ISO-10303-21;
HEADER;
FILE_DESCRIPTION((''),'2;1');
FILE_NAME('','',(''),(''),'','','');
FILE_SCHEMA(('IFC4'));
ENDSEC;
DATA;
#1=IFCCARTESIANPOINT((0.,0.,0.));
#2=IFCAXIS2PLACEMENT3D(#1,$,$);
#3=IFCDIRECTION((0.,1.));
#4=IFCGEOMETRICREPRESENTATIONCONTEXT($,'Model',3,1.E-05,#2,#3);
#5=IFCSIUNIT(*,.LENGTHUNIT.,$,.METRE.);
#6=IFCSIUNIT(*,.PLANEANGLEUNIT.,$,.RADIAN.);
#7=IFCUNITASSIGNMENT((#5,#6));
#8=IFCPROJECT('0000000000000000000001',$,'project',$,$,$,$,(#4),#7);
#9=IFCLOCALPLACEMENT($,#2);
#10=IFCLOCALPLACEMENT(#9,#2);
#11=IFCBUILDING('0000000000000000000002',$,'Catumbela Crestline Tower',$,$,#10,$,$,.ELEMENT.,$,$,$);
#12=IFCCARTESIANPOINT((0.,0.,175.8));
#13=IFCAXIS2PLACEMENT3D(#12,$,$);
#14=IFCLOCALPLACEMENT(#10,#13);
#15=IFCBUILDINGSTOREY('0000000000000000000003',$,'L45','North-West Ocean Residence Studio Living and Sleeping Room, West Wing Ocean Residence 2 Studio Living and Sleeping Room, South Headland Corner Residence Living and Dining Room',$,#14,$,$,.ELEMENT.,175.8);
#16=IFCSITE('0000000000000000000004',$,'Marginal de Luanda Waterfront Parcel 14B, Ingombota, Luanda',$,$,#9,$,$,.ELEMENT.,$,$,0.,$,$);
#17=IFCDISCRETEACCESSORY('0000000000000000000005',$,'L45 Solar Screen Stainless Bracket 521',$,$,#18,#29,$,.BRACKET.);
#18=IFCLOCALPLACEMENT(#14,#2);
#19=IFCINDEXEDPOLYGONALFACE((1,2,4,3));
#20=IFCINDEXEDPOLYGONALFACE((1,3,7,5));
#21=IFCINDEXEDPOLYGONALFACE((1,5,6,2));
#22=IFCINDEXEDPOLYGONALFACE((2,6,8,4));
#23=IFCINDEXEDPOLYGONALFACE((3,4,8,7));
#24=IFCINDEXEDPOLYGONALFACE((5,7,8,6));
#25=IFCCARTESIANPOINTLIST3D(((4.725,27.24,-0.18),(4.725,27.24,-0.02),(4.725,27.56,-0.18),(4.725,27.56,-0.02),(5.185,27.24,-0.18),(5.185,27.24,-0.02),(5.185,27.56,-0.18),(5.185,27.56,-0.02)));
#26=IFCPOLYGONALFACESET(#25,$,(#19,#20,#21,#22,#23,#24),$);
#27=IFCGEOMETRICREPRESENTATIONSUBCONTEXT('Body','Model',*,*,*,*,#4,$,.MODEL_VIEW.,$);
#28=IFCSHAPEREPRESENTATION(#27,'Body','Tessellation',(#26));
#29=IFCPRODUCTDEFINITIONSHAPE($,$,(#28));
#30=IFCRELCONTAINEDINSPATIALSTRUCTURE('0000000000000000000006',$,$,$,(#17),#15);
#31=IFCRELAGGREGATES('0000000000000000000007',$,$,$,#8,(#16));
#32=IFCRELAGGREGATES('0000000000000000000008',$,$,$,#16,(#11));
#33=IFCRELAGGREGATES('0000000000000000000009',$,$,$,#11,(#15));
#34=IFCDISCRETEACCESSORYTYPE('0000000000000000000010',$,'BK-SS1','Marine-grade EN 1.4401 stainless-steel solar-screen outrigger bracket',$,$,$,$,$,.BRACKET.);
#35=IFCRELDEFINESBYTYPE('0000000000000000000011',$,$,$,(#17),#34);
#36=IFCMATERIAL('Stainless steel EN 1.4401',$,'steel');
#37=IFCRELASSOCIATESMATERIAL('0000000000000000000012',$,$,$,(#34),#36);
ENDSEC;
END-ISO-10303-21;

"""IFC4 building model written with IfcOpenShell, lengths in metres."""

from ifc_helpers import new_model, si_unit, direction, frame, origin, origin_2d, place, context, subcontext, project, spatial, rectangle, extrude, material, type_object, element, save


model = new_model("IFC4")

# Units and contexts
model_context = context("Model", 3, precision=1e-05, world=origin(), true_north=direction((0.0, 1.0)))
body_context = subcontext(model_context, "Body", "Model", "MODEL_VIEW")
ifc_project = project(units=[si_unit("LENGTHUNIT", "METRE"), si_unit("PLANEANGLEUNIT", "RADIAN")], contexts=[model_context])

# Site, building, storey
site_placement = place(None, origin())
site = spatial("IfcSite", under=ifc_project, at=site_placement, Name="Marginal de Luanda Waterfront Parcel 14B, Ingombota, Luanda", CompositionType="ELEMENT", RefElevation=0.0)
building_placement = place(site_placement, origin())
building = spatial("IfcBuilding", under=site, at=building_placement, Name="Catumbela Crestline Tower", CompositionType="ELEMENT")
storey_placement = place(building_placement, frame((0.0, 0.0, 175.8)))
storey = spatial("IfcBuildingStorey", under=building, at=storey_placement, Name="L45", Description="North-West Ocean Residence Studio Living and Sleeping Room, West Wing Ocean Residence 2 Studio Living and Sleeping Room, South Headland Corner Residence Living and Dining Room", CompositionType="ELEMENT", Elevation=175.8)

# Discrete accessory
ifc_material_1 = material(Name="Stainless steel EN 1.4401", Category="steel")
discrete_accessory_type = type_object("IfcDiscreteAccessoryType", Name="BK-SS1", Description="Marine-grade EN 1.4401 stainless-steel solar-screen outrigger bracket", PredefinedType="BRACKET", material=ifc_material_1)
discrete_accessory_placement = place(storey_placement, frame((4.955, 27.4, -0.18), z_axis=(0.0, 0.0, 1.0), x_axis=(0.0, -1.0, 0.0)))
element("IfcDiscreteAccessory", 1, at=discrete_accessory_placement, inside=storey, type_object=discrete_accessory_type, Name="L45 Solar Screen Stainless Bracket 521", PredefinedType="BRACKET", context=body_context, shape_type="SweptSolid", body=[
    extrude(rectangle(XDim=0.32, YDim=0.46, at=origin_2d()), origin(), (0.0, 0.0, 1.0), 0.16),
])

save(model, "model.ifc")
